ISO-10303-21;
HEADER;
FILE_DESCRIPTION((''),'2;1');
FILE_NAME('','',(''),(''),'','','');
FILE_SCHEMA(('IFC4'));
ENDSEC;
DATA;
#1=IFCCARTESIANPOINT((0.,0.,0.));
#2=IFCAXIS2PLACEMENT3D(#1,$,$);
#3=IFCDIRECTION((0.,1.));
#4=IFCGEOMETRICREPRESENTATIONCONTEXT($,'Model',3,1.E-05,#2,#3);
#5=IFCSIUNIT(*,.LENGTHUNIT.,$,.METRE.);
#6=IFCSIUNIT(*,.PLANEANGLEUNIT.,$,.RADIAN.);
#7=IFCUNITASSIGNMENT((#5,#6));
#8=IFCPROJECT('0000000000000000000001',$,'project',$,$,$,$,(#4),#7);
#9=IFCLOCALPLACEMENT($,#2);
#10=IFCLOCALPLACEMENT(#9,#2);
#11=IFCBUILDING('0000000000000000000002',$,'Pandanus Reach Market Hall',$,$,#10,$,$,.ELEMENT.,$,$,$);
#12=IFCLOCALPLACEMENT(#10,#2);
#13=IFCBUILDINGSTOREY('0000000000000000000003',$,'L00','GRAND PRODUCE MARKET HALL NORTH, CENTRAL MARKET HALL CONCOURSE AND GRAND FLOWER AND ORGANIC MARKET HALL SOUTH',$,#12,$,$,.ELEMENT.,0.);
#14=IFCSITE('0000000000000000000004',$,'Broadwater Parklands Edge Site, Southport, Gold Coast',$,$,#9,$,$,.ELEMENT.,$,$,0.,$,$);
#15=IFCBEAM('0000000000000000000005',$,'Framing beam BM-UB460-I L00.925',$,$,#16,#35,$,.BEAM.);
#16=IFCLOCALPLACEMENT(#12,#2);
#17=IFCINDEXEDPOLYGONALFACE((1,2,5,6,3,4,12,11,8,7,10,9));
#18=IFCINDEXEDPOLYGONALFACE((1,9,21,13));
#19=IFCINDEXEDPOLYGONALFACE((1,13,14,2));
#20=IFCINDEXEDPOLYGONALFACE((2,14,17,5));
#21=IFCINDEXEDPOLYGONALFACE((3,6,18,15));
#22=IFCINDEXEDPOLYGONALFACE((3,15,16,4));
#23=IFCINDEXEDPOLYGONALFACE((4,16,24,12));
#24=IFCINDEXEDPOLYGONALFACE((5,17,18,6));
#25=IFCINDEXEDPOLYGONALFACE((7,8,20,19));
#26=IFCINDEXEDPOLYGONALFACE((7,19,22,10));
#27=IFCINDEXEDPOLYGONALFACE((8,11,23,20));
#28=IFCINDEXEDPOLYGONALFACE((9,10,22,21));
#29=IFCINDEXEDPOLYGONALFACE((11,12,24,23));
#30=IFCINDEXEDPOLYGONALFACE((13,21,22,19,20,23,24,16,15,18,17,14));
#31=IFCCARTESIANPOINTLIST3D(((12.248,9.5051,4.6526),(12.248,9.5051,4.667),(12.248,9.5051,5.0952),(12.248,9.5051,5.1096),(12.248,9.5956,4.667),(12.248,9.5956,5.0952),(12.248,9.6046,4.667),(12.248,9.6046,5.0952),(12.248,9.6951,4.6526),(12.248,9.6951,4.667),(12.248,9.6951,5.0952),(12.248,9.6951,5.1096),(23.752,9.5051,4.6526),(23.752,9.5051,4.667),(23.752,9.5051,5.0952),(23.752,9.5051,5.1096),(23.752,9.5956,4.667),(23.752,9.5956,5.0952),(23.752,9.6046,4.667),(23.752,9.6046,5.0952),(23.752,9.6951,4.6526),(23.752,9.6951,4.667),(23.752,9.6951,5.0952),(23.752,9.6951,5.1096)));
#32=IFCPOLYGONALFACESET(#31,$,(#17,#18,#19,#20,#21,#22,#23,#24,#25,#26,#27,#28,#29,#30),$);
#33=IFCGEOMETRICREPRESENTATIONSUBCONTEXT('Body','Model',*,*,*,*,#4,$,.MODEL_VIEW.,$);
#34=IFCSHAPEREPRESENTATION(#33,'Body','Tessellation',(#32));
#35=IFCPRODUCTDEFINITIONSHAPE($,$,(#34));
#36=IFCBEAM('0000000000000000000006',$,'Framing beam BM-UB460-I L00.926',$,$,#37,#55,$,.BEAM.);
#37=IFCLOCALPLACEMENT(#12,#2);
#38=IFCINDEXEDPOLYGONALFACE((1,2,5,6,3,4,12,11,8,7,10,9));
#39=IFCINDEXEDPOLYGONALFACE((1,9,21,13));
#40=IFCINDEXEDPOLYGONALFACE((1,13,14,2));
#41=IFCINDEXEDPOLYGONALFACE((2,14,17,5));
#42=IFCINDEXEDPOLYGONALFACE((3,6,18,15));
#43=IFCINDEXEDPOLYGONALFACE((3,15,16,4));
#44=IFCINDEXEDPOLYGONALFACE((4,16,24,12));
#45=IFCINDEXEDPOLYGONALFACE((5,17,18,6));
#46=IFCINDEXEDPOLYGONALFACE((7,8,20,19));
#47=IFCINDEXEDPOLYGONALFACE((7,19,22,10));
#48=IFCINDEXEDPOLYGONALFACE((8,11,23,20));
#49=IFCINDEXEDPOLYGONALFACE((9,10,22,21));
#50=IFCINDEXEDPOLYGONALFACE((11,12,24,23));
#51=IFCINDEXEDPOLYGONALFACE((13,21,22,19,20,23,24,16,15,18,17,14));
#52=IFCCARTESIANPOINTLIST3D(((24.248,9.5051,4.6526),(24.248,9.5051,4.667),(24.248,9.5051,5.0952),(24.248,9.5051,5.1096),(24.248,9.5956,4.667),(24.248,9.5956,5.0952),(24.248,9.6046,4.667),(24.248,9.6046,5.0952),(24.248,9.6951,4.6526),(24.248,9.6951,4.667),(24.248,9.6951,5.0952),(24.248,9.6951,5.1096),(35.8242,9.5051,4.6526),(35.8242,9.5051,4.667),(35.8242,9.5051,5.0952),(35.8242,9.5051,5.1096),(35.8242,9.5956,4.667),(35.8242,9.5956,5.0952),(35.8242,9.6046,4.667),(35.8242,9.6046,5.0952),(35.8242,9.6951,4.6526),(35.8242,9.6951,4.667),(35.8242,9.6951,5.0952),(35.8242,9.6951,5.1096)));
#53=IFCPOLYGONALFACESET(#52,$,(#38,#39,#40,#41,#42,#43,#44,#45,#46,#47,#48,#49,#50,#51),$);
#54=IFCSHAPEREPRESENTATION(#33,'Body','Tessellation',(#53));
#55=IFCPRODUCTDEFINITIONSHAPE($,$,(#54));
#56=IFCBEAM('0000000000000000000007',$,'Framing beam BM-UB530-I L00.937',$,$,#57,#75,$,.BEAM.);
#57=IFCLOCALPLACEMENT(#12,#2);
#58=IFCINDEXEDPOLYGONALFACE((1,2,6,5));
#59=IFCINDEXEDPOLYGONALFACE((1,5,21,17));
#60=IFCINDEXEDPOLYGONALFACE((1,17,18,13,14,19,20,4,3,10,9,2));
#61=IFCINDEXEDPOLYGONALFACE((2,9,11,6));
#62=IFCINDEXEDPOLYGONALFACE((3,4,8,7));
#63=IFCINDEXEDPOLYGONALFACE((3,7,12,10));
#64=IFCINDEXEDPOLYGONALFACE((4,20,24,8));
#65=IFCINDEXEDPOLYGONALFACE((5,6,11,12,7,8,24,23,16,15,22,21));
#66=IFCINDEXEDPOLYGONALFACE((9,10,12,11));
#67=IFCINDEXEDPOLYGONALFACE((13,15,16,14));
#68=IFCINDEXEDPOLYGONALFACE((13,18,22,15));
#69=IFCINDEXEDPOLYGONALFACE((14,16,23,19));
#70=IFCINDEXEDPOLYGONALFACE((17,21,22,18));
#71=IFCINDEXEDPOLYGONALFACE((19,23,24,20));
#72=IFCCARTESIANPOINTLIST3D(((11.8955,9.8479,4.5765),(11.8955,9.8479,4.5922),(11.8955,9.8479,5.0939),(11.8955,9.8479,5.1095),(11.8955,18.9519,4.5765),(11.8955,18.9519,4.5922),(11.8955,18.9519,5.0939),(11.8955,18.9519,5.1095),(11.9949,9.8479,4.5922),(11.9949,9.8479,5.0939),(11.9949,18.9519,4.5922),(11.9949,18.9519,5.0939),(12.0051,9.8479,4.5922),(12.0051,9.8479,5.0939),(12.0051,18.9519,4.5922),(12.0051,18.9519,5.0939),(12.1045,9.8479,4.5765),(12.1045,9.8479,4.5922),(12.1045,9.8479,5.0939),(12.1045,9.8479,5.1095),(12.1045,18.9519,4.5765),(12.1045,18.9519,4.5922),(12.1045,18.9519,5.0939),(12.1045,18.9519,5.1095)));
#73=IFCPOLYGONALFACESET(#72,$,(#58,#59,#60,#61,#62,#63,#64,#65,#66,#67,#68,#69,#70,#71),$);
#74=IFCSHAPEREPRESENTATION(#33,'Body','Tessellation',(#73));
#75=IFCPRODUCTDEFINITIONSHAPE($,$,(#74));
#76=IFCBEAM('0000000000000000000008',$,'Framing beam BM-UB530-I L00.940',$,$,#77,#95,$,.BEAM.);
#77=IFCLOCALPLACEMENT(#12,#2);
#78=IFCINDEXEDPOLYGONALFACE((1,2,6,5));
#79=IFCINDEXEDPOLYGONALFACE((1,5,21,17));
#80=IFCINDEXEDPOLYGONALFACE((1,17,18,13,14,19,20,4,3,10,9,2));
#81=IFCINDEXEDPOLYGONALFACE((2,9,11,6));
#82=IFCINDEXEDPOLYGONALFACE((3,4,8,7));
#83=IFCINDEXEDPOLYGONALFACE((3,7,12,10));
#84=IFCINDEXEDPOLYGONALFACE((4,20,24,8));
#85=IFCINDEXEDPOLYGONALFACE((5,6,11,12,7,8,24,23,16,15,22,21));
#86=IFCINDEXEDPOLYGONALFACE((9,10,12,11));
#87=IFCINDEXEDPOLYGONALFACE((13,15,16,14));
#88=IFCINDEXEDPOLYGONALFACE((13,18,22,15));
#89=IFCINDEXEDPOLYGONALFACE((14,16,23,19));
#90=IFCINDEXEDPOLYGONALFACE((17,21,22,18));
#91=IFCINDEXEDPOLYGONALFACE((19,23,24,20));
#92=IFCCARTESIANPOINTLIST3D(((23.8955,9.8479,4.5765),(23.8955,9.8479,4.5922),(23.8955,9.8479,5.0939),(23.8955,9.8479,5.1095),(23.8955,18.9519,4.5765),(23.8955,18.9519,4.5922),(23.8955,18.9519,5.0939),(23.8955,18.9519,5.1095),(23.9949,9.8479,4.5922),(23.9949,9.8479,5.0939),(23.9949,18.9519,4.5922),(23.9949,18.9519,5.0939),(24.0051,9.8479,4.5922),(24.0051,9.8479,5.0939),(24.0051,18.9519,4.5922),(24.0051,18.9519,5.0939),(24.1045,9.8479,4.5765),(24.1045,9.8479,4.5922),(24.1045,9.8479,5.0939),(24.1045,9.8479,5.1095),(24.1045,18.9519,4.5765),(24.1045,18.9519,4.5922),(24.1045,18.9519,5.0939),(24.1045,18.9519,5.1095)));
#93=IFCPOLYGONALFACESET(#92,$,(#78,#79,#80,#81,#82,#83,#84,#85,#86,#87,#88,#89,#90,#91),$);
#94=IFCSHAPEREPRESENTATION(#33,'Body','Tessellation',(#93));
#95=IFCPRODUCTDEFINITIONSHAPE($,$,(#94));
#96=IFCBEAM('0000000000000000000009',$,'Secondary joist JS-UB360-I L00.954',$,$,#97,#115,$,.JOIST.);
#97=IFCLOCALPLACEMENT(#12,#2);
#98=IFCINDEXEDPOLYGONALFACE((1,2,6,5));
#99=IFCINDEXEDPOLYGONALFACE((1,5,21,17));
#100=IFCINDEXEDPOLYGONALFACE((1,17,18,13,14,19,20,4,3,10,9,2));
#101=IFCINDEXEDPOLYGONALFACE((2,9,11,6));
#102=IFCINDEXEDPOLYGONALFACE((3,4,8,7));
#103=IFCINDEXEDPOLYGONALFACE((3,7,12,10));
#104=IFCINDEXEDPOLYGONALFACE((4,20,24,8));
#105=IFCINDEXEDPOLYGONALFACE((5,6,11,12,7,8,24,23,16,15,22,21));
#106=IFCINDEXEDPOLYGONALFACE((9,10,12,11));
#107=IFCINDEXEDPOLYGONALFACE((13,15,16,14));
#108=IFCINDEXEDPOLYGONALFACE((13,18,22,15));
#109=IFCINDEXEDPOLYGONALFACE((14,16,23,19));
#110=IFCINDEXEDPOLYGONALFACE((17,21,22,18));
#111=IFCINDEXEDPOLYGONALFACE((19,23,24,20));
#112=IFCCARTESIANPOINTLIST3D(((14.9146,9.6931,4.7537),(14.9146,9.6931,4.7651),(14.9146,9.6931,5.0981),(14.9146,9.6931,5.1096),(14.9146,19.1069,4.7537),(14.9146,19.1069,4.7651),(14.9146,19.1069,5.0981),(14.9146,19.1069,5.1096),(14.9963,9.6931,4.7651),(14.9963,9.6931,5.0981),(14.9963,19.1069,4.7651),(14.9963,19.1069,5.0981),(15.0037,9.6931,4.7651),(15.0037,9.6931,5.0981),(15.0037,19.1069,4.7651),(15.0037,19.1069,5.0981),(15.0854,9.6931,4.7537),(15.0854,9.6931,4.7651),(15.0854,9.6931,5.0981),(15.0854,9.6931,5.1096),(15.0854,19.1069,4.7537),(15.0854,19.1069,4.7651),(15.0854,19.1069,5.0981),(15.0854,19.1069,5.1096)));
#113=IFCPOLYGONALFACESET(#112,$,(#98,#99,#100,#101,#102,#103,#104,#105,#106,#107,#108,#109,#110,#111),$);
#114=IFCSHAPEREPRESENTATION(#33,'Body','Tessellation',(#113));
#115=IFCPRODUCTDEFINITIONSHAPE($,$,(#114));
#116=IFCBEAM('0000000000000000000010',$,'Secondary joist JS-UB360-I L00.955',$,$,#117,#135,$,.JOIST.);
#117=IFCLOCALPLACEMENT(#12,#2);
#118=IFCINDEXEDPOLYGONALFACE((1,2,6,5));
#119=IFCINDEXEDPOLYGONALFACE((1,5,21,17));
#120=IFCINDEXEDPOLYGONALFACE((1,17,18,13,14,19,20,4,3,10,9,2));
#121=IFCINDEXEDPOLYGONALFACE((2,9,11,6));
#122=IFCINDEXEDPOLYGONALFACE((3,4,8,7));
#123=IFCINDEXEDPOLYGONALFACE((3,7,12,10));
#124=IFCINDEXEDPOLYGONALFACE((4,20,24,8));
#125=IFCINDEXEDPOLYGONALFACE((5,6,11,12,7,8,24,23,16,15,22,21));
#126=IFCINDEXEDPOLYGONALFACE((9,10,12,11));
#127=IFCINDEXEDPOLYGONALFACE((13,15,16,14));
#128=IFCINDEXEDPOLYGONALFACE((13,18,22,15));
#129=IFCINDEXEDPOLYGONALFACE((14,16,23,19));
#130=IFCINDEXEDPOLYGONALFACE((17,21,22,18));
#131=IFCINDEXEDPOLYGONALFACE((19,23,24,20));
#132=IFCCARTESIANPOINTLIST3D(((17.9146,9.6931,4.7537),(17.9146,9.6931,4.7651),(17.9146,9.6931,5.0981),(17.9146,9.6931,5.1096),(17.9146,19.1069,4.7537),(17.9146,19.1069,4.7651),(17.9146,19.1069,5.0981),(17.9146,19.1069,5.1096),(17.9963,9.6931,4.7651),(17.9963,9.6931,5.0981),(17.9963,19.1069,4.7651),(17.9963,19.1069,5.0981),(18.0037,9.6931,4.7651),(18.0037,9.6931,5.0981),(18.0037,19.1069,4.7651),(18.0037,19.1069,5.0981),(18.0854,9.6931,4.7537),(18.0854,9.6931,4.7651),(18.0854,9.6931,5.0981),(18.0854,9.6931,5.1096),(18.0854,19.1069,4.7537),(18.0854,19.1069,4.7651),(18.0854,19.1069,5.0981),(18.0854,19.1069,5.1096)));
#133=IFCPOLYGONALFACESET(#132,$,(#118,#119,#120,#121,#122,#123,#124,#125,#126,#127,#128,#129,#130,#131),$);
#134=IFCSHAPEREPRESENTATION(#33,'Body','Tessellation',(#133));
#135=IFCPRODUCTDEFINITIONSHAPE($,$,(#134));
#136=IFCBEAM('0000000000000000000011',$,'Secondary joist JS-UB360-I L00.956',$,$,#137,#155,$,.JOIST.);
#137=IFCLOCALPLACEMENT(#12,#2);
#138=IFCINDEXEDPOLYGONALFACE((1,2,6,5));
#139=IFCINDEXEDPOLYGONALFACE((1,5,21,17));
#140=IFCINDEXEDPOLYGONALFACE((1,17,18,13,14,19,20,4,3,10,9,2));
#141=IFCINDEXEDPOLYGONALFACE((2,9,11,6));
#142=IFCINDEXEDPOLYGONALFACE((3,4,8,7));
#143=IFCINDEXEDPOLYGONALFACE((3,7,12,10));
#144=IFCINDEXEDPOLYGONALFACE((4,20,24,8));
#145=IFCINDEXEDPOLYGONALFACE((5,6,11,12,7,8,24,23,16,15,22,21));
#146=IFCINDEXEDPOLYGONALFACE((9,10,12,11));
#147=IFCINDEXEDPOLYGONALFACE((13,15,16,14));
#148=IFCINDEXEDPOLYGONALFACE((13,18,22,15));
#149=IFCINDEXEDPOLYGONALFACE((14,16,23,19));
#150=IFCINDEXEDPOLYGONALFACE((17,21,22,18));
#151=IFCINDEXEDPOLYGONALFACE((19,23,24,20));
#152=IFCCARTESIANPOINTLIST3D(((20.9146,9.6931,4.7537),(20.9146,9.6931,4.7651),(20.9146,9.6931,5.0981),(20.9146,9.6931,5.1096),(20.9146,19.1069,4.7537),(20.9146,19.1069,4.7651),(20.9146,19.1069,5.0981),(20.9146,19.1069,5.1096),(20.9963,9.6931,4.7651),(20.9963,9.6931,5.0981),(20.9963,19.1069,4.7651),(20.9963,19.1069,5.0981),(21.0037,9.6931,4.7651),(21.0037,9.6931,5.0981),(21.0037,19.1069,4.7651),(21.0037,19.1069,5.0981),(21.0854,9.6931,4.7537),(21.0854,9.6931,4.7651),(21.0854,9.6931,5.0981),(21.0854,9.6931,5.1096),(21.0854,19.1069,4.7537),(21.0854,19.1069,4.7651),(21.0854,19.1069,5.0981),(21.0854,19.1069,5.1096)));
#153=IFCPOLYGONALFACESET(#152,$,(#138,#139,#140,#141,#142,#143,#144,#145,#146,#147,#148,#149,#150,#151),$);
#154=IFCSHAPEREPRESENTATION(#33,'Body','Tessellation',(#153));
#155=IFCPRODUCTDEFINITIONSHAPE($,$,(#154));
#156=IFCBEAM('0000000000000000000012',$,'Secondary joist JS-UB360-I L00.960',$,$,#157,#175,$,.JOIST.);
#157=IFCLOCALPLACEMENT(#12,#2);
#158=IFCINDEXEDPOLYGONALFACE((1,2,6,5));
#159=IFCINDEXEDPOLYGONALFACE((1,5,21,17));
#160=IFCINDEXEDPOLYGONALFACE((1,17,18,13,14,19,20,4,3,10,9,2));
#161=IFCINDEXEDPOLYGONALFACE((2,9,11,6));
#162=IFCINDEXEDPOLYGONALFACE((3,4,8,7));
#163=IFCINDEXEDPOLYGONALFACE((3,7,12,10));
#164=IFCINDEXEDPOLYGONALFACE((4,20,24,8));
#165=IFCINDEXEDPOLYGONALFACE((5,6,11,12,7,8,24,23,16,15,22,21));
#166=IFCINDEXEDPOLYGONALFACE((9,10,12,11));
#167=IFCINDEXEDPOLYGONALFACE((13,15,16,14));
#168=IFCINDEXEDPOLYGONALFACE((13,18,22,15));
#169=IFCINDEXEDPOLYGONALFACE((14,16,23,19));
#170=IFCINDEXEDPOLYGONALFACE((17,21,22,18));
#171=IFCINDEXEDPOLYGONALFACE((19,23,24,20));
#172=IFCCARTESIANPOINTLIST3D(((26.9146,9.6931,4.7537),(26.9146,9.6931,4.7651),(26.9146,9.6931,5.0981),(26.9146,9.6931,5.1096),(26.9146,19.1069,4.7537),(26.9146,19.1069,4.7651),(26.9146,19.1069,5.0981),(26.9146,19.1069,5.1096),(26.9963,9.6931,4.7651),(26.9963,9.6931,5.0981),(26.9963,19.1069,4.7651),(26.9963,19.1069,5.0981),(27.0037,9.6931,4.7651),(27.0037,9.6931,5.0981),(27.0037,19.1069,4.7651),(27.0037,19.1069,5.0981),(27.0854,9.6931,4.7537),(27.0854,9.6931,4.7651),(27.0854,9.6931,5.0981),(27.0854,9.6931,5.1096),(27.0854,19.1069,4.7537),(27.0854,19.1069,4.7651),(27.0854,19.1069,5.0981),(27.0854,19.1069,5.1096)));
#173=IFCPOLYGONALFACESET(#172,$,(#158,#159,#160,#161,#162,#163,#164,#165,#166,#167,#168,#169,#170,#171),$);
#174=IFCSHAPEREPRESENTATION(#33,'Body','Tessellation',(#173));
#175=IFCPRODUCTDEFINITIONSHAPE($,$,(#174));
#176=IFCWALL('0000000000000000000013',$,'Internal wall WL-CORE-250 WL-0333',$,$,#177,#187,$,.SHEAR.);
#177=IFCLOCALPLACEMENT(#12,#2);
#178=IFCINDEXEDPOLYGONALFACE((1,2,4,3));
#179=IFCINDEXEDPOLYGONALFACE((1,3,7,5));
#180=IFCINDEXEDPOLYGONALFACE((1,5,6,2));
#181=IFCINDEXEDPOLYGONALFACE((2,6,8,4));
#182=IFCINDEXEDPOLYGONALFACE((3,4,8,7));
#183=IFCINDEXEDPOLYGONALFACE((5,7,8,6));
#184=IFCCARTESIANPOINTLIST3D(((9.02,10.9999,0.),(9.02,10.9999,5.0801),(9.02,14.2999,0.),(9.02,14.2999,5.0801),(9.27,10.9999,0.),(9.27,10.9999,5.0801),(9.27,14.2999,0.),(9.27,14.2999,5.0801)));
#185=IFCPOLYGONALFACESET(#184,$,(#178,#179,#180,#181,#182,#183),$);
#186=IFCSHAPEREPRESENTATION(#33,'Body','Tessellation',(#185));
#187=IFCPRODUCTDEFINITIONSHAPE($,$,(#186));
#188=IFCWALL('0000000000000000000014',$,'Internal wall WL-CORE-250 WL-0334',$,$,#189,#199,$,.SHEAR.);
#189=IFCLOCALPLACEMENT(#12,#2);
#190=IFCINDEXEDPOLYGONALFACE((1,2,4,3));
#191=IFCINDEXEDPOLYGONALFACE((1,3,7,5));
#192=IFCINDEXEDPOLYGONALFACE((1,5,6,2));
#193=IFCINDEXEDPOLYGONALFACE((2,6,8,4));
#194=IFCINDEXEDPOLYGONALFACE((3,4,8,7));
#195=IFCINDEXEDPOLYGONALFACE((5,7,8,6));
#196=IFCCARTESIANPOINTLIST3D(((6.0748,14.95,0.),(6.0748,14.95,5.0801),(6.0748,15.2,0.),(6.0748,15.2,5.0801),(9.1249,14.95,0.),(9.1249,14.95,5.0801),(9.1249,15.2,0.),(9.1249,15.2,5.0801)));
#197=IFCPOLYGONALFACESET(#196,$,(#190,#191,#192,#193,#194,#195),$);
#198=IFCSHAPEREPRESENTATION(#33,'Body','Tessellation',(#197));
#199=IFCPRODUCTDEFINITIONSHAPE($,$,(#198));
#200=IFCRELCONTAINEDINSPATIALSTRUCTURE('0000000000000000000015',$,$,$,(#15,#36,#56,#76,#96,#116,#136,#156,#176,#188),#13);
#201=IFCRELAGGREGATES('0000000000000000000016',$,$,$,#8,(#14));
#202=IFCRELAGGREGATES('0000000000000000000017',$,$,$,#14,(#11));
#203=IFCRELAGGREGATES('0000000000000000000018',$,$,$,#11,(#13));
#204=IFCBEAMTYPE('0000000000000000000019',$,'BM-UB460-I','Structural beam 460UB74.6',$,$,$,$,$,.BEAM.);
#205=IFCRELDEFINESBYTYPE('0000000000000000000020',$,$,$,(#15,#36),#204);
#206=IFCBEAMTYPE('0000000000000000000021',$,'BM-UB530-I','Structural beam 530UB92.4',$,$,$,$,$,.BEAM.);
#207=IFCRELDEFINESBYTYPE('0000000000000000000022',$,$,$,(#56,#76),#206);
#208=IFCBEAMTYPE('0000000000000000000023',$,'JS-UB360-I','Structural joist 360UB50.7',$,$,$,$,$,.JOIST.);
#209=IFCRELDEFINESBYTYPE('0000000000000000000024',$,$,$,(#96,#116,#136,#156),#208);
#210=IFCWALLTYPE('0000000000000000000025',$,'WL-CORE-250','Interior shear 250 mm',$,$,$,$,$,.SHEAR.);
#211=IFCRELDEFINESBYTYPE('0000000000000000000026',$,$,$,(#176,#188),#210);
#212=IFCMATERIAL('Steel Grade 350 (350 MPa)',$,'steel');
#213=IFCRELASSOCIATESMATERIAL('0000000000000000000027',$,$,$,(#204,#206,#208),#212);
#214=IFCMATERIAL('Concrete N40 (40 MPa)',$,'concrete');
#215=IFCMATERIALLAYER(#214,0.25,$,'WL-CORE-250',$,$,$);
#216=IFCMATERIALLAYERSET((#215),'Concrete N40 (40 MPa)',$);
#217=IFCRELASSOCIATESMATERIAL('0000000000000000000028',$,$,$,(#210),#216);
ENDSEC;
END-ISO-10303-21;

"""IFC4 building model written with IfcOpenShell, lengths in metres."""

from ifc_helpers import new_model, si_unit, direction, frame, frame_2d, origin, origin_2d, place, context, subcontext, project, spatial, rectangle, i_section, extrude, material, layer, layer_set, material_profile, profile_set, type_object, element, save


model = new_model("IFC4")

# Units and contexts
model_context = context("Model", 3, precision=1e-05, world=origin(), true_north=direction((0.0, 1.0)))
body_context = subcontext(model_context, "Body", "Model", "MODEL_VIEW")
ifc_project = project(units=[si_unit("LENGTHUNIT", "METRE"), si_unit("PLANEANGLEUNIT", "RADIAN")], contexts=[model_context])

# Site, building, storey
site_placement = place(None, origin())
site = spatial("IfcSite", under=ifc_project, at=site_placement, Name="Broadwater Parklands Edge Site, Southport, Gold Coast", CompositionType="ELEMENT", RefElevation=0.0)
building_placement = place(site_placement, origin())
building = spatial("IfcBuilding", under=site, at=building_placement, Name="Pandanus Reach Market Hall", CompositionType="ELEMENT")
storey_placement = place(building_placement, origin())
storey = spatial("IfcBuildingStorey", under=building, at=storey_placement, Name="L00", Description="GRAND PRODUCE MARKET HALL NORTH, CENTRAL MARKET HALL CONCOURSE AND GRAND FLOWER AND ORGANIC MARKET HALL SOUTH", CompositionType="ELEMENT", Elevation=0.0)

# Shared definitions
ifc_material_1 = material(Name="Concrete N40 (40 MPa)", Category="concrete")

# Beams
ifc_material_2 = material(Name="Steel Grade 350 (350 MPa)", Category="steel")
ifc_material_profile_1 = material_profile(ifc_material_2, i_section(OverallWidth=0.1899, OverallDepth=0.457, WebThickness=0.009, FlangeThickness=0.0144, at=origin_2d()), Name="460UB74.6", Category="LoadBearing")
ifc_profile_set_1 = profile_set([ifc_material_profile_1], Name="Steel Grade 350 (350 MPa)")
beam_type_1 = type_object("IfcBeamType", Name="BM-UB460-I", Description="Structural beam 460UB74.6", PredefinedType="BEAM", material=ifc_profile_set_1)
beam_1_placement = place(storey_placement, frame((12.248, 9.6001, 4.8811), z_axis=(1.0, 0.0, 0.0), x_axis=(0.0, 1.0, 0.0)))
element("IfcBeam", 1, at=beam_1_placement, inside=storey, type_object=beam_type_1, Name="Framing beam BM-UB460-I L00.925", PredefinedType="BEAM", context=body_context, shape_type="SweptSolid", body=[
    extrude(i_section(OverallWidth=0.1899, OverallDepth=0.457, WebThickness=0.009, FlangeThickness=0.0144, at=origin_2d()), origin(), (0.0, 0.0, 1.0), 11.5039),
])
beam_2_placement = place(storey_placement, frame((24.248, 9.6001, 4.8811), z_axis=(1.0, 0.0, 0.0), x_axis=(0.0, 1.0, 0.0)))
element("IfcBeam", 2, at=beam_2_placement, inside=storey, type_object=beam_type_1, Name="Framing beam BM-UB460-I L00.926", PredefinedType="BEAM", context=body_context, shape_type="SweptSolid", body=[
    extrude(i_section(OverallWidth=0.1899, OverallDepth=0.457, WebThickness=0.009, FlangeThickness=0.0144, at=origin_2d()), origin(), (0.0, 0.0, 1.0), 11.5762),
])
ifc_material_profile_2 = material_profile(ifc_material_2, i_section(OverallWidth=0.209, OverallDepth=0.533, WebThickness=0.0103, FlangeThickness=0.0156, at=origin_2d()), Name="530UB92.4", Category="LoadBearing")
ifc_profile_set_2 = profile_set([ifc_material_profile_2], Name="Steel Grade 350 (350 MPa)")
beam_type_2 = type_object("IfcBeamType", Name="BM-UB530-I", Description="Structural beam 530UB92.4", PredefinedType="BEAM", material=ifc_profile_set_2)
for number, where, z_axis, x_axis, name in (
    (3, (12.0, 9.8479, 4.843), (0.0, 1.0, 0.0), (-1.0, 0.0, 0.0), "Framing beam BM-UB530-I L00.937"),
    (4, (24.0, 9.8479, 4.843), (0.0, 1.0, 0.0), (-1.0, 0.0, 0.0), "Framing beam BM-UB530-I L00.940"),
):
    element("IfcBeam", number, at=place(storey_placement, frame(where, z_axis=z_axis, x_axis=x_axis)), inside=storey, type_object=beam_type_2, Name=name, PredefinedType="BEAM", context=body_context, shape_type="SweptSolid", body=[
        extrude(i_section(OverallWidth=0.209, OverallDepth=0.533, WebThickness=0.0103, FlangeThickness=0.0156, at=origin_2d()), origin(), (0.0, 0.0, 1.0), 9.104),
    ])
ifc_material_profile_3 = material_profile(ifc_material_2, i_section(OverallWidth=0.1709, OverallDepth=0.356, WebThickness=0.0073, FlangeThickness=0.0115, at=origin_2d()), Name="360UB50.7", Category="LoadBearing")
ifc_profile_set_3 = profile_set([ifc_material_profile_3], Name="Steel Grade 350 (350 MPa)")
beam_type_3 = type_object("IfcBeamType", Name="JS-UB360-I", Description="Structural joist 360UB50.7", PredefinedType="JOIST", material=ifc_profile_set_3)
for number, where, z_axis, x_axis, name in (
    (5, (15.0, 9.6931, 4.9316), (0.0, 1.0, 0.0), (-1.0, 0.0, 0.0), "Secondary joist JS-UB360-I L00.954"),
    (6, (18.0, 9.6931, 4.9316), (0.0, 1.0, 0.0), (-1.0, 0.0, 0.0), "Secondary joist JS-UB360-I L00.955"),
    (7, (21.0, 9.6931, 4.9316), (0.0, 1.0, 0.0), (-1.0, 0.0, 0.0), "Secondary joist JS-UB360-I L00.956"),
    (8, (27.0, 9.6931, 4.9316), (0.0, 1.0, 0.0), (-1.0, 0.0, 0.0), "Secondary joist JS-UB360-I L00.960"),
):
    element("IfcBeam", number, at=place(storey_placement, frame(where, z_axis=z_axis, x_axis=x_axis)), inside=storey, type_object=beam_type_3, Name=name, PredefinedType="JOIST", context=body_context, shape_type="SweptSolid", body=[
        extrude(i_section(OverallWidth=0.1709, OverallDepth=0.356, WebThickness=0.0073, FlangeThickness=0.0115, at=origin_2d()), origin(), (0.0, 0.0, 1.0), 9.4138),
    ])

# Walls
ifc_layer_1 = layer(ifc_material_1, 0.25, Name="WL-CORE-250")
ifc_layer_set_1 = layer_set([ifc_layer_1], Name="Concrete N40 (40 MPa)")
wall_type_1 = type_object("IfcWallType", Name="WL-CORE-250", Description="Interior shear 250 mm", PredefinedType="SHEAR", material=ifc_layer_set_1)
wall_1_placement = place(storey_placement, frame((9.145, 11.0, 0.0), z_axis=(0.0, 0.0, 1.0), x_axis=(0.0, 1.0, 0.0)))
element("IfcWall", 9, at=wall_1_placement, inside=storey, type_object=wall_type_1, Name="Internal wall WL-CORE-250 WL-0333", PredefinedType="SHEAR", context=body_context, shape_type="SweptSolid", body=[
    extrude(rectangle(XDim=3.3, YDim=0.25, at=frame_2d((1.6499, 0.0))), origin(), (0.0, 0.0, 1.0), 5.0801),
])
wall_2_placement = place(storey_placement, frame((6.075, 15.075, 0.0), z_axis=(0.0, 0.0, 1.0), x_axis=(1.0, 0.0, 0.0)))
element("IfcWall", 10, at=wall_2_placement, inside=storey, type_object=wall_type_1, Name="Internal wall WL-CORE-250 WL-0334", PredefinedType="SHEAR", context=body_context, shape_type="SweptSolid", body=[
    extrude(rectangle(XDim=3.05, YDim=0.25, at=frame_2d((1.5249, 0.0))), origin(), (0.0, 0.0, 1.0), 5.0801),
])

save(model, "model.ifc")
